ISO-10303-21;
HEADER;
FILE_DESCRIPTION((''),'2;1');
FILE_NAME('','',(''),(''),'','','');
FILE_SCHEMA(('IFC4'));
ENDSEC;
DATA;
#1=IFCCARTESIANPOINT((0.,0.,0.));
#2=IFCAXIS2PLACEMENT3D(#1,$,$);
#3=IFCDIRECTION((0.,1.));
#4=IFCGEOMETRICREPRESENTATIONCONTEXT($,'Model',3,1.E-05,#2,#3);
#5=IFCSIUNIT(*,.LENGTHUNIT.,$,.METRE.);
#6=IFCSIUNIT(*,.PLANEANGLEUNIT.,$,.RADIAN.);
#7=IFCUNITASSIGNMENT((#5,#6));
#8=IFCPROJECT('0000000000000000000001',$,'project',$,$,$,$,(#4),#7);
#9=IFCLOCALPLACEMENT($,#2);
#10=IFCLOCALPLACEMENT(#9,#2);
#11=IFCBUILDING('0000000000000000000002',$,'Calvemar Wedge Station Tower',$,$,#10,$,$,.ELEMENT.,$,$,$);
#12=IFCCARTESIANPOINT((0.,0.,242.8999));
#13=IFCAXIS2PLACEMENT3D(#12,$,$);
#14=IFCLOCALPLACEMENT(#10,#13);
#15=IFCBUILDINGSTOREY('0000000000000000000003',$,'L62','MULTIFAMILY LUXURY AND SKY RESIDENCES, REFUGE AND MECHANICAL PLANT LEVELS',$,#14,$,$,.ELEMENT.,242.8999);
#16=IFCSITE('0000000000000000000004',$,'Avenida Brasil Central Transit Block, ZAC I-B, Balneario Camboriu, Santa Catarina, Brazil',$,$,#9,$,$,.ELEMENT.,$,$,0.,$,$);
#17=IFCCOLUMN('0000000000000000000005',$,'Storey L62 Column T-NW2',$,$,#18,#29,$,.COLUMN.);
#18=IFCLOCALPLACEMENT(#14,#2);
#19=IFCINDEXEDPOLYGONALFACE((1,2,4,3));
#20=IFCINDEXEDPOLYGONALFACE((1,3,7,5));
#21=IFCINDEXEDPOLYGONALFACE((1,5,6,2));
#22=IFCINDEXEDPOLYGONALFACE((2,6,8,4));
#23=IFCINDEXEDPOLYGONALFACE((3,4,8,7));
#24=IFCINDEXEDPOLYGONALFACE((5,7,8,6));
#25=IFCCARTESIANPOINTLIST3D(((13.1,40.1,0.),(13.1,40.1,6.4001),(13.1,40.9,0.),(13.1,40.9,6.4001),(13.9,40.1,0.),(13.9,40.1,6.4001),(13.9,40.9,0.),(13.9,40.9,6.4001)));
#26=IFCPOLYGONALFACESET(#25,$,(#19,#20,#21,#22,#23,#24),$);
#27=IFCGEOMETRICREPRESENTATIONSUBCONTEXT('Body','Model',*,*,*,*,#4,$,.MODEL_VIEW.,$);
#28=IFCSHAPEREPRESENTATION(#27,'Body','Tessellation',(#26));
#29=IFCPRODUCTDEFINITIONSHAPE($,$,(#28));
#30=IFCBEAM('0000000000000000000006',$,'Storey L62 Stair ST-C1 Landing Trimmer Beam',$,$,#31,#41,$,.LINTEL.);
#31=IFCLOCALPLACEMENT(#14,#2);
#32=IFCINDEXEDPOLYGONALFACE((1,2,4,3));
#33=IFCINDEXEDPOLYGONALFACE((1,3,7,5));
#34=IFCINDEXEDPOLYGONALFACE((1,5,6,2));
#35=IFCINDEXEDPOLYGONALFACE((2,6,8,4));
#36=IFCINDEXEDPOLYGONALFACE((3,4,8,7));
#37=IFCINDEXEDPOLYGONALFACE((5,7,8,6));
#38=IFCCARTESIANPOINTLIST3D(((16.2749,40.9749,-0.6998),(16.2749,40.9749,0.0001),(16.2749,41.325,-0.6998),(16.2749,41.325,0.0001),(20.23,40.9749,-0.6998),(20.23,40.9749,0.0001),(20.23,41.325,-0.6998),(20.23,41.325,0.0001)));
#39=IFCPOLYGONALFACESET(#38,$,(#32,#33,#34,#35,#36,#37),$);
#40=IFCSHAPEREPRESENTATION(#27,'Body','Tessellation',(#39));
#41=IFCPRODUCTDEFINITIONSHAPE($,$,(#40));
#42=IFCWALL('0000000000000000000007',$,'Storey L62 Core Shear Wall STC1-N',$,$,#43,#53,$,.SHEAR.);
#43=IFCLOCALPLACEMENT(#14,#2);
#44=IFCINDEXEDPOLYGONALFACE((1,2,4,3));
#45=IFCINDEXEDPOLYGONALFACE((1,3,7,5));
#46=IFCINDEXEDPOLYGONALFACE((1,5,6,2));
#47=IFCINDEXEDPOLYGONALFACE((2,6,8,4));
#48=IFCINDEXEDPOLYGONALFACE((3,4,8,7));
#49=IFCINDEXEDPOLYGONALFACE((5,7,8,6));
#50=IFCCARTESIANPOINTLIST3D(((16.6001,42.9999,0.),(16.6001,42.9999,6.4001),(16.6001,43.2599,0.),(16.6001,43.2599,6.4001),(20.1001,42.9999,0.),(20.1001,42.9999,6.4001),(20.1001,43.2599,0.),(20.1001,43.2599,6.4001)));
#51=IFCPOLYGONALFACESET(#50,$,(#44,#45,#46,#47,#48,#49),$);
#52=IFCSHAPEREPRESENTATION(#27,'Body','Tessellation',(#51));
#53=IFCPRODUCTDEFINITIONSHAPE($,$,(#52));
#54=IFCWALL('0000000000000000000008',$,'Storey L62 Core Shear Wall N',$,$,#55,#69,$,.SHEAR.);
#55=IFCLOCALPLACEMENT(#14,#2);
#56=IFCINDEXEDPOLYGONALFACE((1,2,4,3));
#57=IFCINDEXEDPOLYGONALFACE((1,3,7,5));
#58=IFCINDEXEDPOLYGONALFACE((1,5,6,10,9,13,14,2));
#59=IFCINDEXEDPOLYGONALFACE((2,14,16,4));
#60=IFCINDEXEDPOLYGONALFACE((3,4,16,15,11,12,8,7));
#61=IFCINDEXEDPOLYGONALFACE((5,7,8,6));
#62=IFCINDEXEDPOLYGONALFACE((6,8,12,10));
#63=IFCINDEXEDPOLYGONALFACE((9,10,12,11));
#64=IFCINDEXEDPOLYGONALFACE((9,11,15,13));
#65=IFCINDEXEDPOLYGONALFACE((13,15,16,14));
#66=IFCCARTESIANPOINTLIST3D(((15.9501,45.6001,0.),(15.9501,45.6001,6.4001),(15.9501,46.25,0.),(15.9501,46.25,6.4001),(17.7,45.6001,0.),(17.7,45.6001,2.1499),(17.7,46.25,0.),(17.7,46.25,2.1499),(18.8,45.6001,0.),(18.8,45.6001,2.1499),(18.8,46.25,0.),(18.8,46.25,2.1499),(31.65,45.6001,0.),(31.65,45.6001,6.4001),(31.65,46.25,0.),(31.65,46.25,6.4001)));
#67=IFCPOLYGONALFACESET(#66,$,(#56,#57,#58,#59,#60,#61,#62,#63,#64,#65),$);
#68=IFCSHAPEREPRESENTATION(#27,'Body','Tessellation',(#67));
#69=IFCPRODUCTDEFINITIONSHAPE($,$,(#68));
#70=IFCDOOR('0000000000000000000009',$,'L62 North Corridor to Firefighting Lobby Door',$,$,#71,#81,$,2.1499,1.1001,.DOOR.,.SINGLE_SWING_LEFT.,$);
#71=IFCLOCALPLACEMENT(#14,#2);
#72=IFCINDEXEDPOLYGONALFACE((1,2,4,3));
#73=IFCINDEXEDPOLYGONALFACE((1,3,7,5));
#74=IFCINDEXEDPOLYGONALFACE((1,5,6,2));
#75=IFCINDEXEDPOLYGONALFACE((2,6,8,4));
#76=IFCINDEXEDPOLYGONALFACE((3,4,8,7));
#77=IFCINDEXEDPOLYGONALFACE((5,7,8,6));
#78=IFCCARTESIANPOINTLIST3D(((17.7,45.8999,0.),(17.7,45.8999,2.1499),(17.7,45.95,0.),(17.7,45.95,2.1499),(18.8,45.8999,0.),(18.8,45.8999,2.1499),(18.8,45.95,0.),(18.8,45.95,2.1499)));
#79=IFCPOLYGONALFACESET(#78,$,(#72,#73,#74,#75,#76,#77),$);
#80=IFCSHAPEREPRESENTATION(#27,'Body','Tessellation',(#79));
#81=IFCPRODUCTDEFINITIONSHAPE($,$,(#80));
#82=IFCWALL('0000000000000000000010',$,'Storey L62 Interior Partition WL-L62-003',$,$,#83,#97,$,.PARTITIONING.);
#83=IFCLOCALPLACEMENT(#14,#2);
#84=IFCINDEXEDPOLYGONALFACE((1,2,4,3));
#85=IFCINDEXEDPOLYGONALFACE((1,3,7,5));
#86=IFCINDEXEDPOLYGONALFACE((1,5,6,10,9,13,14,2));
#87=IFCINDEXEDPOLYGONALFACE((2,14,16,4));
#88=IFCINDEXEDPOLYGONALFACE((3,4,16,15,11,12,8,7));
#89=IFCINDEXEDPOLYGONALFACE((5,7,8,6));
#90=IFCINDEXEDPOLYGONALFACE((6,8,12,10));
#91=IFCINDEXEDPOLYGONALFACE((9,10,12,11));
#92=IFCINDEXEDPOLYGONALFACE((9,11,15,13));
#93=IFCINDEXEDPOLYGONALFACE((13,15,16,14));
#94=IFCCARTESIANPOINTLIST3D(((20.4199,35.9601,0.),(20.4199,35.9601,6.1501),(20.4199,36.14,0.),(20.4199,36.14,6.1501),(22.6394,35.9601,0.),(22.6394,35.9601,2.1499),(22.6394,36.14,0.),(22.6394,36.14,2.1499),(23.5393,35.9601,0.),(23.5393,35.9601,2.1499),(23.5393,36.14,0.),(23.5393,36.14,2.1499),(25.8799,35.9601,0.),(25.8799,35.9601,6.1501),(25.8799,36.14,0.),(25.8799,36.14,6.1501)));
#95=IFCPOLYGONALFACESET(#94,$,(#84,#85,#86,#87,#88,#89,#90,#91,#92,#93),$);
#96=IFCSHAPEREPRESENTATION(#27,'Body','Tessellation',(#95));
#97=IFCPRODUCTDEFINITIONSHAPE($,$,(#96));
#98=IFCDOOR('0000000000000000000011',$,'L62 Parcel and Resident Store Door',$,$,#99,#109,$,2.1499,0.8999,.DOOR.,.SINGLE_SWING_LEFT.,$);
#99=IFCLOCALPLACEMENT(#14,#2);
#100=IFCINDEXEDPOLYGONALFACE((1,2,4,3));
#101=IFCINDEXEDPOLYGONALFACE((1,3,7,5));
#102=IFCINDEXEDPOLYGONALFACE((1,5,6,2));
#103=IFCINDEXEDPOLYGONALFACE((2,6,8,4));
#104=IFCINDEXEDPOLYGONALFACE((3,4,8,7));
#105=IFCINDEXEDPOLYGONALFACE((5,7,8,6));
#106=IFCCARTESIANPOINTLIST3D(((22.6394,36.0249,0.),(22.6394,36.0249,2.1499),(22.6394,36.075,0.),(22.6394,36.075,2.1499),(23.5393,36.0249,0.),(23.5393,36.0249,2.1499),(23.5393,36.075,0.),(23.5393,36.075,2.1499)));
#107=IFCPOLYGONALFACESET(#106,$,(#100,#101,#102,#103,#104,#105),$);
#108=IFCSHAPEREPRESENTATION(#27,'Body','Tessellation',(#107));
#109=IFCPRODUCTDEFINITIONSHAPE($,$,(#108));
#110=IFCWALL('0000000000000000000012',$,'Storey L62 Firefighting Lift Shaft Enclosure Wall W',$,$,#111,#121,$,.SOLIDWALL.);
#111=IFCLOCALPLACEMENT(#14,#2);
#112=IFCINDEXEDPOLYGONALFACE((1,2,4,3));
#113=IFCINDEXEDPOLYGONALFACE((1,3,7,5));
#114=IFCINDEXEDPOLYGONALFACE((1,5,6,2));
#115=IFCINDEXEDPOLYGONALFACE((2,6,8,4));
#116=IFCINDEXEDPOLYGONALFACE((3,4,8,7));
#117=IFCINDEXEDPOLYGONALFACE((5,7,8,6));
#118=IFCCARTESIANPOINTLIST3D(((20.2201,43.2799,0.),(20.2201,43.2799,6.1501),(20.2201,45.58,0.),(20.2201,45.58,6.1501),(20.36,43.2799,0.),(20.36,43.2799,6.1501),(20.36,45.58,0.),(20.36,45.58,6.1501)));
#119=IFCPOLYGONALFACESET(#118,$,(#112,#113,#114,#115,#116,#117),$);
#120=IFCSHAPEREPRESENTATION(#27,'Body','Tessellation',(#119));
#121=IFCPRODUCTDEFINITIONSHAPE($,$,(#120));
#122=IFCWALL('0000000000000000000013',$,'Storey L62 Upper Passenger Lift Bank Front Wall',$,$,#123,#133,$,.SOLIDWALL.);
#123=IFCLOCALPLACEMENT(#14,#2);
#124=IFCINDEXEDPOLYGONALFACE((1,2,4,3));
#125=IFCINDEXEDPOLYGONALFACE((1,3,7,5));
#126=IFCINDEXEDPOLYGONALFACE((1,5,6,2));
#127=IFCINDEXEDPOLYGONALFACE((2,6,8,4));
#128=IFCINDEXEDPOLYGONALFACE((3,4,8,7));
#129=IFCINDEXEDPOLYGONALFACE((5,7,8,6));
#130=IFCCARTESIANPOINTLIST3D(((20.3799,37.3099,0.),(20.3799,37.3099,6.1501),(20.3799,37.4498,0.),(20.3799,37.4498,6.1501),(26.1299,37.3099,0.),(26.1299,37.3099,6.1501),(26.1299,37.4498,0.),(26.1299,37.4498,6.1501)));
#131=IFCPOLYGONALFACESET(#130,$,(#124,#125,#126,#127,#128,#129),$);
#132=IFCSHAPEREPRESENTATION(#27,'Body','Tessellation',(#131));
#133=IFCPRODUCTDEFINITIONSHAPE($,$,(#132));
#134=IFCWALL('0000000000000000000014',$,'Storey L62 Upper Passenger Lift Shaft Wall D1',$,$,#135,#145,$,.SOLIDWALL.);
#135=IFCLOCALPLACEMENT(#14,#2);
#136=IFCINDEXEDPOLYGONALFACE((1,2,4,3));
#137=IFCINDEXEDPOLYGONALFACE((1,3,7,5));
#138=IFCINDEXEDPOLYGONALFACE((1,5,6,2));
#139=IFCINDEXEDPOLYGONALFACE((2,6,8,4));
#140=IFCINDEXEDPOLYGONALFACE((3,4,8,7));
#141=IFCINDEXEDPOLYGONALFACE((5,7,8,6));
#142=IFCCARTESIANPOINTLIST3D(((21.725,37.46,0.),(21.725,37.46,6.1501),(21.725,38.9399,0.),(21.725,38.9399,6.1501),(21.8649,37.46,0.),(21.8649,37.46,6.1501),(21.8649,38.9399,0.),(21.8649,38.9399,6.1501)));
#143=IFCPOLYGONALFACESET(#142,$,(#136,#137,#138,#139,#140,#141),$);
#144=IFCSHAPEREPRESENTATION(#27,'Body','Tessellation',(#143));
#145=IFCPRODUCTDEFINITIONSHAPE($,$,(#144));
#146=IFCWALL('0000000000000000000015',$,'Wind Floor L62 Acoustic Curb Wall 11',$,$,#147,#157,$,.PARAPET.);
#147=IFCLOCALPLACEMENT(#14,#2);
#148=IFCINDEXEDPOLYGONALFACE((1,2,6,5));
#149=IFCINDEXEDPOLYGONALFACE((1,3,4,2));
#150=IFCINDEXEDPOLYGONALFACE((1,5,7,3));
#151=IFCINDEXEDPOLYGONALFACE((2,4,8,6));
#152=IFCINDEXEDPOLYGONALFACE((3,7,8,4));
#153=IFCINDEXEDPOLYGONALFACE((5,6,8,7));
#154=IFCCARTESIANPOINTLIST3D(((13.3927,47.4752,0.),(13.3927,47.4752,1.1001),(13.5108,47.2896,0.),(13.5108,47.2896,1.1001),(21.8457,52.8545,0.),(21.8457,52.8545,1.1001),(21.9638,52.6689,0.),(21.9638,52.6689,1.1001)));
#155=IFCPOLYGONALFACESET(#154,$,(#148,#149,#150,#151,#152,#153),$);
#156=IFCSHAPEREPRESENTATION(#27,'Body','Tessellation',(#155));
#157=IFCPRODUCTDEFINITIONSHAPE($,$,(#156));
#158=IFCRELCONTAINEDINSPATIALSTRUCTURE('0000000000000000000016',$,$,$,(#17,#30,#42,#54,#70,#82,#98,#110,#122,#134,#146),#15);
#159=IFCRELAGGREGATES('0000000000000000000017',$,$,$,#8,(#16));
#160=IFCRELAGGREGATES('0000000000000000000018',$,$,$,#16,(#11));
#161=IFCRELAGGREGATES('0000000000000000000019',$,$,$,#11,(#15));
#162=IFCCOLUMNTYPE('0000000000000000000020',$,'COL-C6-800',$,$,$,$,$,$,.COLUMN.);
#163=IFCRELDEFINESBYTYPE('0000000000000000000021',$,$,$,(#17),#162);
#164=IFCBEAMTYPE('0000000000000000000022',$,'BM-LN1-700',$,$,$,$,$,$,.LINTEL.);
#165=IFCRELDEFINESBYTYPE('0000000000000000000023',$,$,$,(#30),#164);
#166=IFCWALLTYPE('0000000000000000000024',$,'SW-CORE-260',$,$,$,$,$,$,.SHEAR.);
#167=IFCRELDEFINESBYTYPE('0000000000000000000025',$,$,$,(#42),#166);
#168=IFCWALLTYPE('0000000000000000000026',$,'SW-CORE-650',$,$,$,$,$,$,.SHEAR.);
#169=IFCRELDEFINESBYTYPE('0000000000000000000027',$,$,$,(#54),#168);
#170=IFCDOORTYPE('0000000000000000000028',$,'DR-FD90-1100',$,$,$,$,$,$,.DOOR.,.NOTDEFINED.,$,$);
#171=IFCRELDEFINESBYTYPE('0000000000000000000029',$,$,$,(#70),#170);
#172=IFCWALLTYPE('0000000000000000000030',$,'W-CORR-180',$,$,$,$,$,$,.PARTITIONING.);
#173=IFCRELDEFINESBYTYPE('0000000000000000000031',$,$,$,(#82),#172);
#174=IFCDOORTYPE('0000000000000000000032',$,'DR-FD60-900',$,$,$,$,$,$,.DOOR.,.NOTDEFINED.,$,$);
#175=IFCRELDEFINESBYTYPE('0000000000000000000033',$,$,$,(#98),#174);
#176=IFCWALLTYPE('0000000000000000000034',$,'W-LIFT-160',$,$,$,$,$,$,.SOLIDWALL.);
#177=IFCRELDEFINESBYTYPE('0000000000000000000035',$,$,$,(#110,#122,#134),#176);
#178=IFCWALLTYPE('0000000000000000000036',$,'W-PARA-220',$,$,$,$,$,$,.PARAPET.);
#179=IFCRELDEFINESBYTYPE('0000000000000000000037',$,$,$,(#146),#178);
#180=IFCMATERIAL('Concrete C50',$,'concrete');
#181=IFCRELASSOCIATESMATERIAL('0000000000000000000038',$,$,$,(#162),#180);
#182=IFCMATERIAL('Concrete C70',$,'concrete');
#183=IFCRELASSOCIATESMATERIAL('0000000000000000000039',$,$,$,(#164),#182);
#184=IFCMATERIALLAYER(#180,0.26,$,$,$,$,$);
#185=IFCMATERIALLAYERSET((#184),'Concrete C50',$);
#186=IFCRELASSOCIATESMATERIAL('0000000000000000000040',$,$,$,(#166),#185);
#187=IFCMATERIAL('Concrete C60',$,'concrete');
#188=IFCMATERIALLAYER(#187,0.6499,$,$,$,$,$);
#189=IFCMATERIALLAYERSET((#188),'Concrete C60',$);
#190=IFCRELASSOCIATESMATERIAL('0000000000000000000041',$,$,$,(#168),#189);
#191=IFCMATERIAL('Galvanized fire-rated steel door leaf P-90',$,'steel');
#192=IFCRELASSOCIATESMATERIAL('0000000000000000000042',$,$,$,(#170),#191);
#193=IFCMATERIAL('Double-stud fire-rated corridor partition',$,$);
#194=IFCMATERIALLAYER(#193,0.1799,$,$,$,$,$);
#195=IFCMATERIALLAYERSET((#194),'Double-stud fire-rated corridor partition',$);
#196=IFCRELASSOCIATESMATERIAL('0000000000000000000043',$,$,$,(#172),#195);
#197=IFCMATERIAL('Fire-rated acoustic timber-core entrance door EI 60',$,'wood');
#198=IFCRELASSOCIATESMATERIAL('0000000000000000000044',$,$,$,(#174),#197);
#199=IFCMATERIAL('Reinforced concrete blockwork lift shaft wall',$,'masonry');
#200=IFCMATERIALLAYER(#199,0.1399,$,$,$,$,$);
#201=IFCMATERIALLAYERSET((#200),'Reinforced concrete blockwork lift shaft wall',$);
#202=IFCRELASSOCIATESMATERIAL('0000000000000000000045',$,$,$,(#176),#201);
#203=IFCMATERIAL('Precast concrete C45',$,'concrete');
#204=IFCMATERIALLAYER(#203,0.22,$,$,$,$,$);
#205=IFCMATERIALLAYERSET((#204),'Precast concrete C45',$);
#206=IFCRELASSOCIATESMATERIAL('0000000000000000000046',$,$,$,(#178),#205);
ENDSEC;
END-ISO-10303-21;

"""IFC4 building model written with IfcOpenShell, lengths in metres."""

from ifc_helpers import new_model, si_unit, direction, frame, frame_2d, origin, origin_2d, place, context, subcontext, project, spatial, rectangle, extrude, source, transform, mapped, material, layer, layer_set, material_profile, profile_set, type_object, element, fill, save


model = new_model("IFC4")

# Units and contexts
model_context = context("Model", 3, precision=1e-05, world=origin(), true_north=direction((0.0, 1.0)))
body_context = subcontext(model_context, "Body", "Model", "MODEL_VIEW")
ifc_project = project(units=[si_unit("LENGTHUNIT", "METRE"), si_unit("PLANEANGLEUNIT", "RADIAN")], contexts=[model_context])

# Site, building, storey
site_placement = place(None, origin())
site = spatial("IfcSite", under=ifc_project, at=site_placement, Name="Avenida Brasil Central Transit Block, ZAC I-B, Balneario Camboriu, Santa Catarina, Brazil", CompositionType="ELEMENT", RefElevation=0.0)
building_placement = place(site_placement, origin())
building = spatial("IfcBuilding", under=site, at=building_placement, Name="Calvemar Wedge Station Tower", CompositionType="ELEMENT")
storey_placement = place(building_placement, frame((0.0, 0.0, 242.8999)))
storey = spatial("IfcBuildingStorey", under=building, at=storey_placement, Name="L62", Description="MULTIFAMILY LUXURY AND SKY RESIDENCES, REFUGE AND MECHANICAL PLANT LEVELS", CompositionType="ELEMENT", Elevation=242.8999)

# Column
ifc_material_1 = material(Name="Concrete C50", Category="concrete")
ifc_material_profile_1 = material_profile(ifc_material_1, rectangle(XDim=0.8, YDim=0.8, at=origin_2d()), Name="RC800x800")
ifc_profile_set_1 = profile_set([ifc_material_profile_1], Name="Concrete C50")
column_type = type_object("IfcColumnType", Name="COL-C6-800", PredefinedType="COLUMN", material=ifc_profile_set_1)
shared_shape_1 = source(origin(), body_context, "Body", "SweptSolid", [
    extrude(rectangle(XDim=0.8, YDim=0.8, at=origin_2d()), origin(), (0.0, 0.0, 1.0), 6.4001),
])
column_placement = place(storey_placement, frame((13.5, 40.5, 0.0), z_axis=(0.0, 0.0, 1.0), x_axis=(1.0, 0.0, 0.0)))
element("IfcColumn", 1, at=column_placement, inside=storey, type_object=column_type, Name="Storey L62 Column T-NW2", PredefinedType="COLUMN", context=body_context, shape_type="MappedRepresentation", body=[
    mapped(shared_shape_1, transform((0.0, 0.0, 0.0), scale=1.0)),
])

# Beam
ifc_material_2 = material(Name="Concrete C70", Category="concrete")
ifc_material_profile_2 = material_profile(ifc_material_2, rectangle(XDim=0.3501, YDim=0.7, at=origin_2d()), Name="RC350x700")
ifc_profile_set_2 = profile_set([ifc_material_profile_2], Name="Concrete C70")
beam_type = type_object("IfcBeamType", Name="BM-LN1-700", PredefinedType="LINTEL", material=ifc_profile_set_2)
shared_shape_2 = source(origin(), body_context, "Body", "SweptSolid", [
    extrude(rectangle(XDim=0.3501, YDim=0.7, at=origin_2d()), origin(), (0.0, 0.0, 1.0), 3.9551),
])
beam_placement = place(storey_placement, frame((16.2749, 41.1499, -0.3499), z_axis=(1.0, 0.0, 0.0), x_axis=(0.0, 1.0, 0.0)))
element("IfcBeam", 2, at=beam_placement, inside=storey, type_object=beam_type, Name="Storey L62 Stair ST-C1 Landing Trimmer Beam", PredefinedType="LINTEL", context=body_context, shape_type="MappedRepresentation", body=[
    mapped(shared_shape_2, transform((0.0, 0.0, 0.0), scale=1.0)),
])

# Wall
ifc_layer_1 = layer(ifc_material_1, 0.26)
ifc_layer_set_1 = layer_set([ifc_layer_1], Name="Concrete C50")
wall_type_1 = type_object("IfcWallType", Name="SW-CORE-260", PredefinedType="SHEAR", material=ifc_layer_set_1)
wall_1_placement = place(storey_placement, frame((16.6001, 43.1299, 0.0), z_axis=(0.0, 0.0, 1.0), x_axis=(1.0, 0.0, 0.0)))
element("IfcWall", 3, at=wall_1_placement, inside=storey, type_object=wall_type_1, Name="Storey L62 Core Shear Wall STC1-N", PredefinedType="SHEAR", context=body_context, shape_type="SweptSolid", body=[
    extrude(rectangle(XDim=3.5, YDim=0.26, at=frame_2d((1.75, 0.0))), origin(), (0.0, 0.0, 1.0), 6.4001),
])

# Walls, openings, doors
ifc_material_3 = material(Name="Concrete C60", Category="concrete")
ifc_layer_2 = layer(ifc_material_3, 0.6499)
ifc_layer_set_2 = layer_set([ifc_layer_2], Name="Concrete C60")
wall_type_2 = type_object("IfcWallType", Name="SW-CORE-650", PredefinedType="SHEAR", material=ifc_layer_set_2)
wall_2_placement = place(storey_placement, frame((15.95, 45.925, 0.0), z_axis=(0.0, 0.0, 1.0), x_axis=(1.0, 0.0, 0.0)))
wall_2 = element("IfcWall", 4, at=wall_2_placement, inside=storey, type_object=wall_type_2, Name="Storey L62 Core Shear Wall N", PredefinedType="SHEAR", context=body_context, shape_type="SweptSolid", body=[
    extrude(rectangle(XDim=15.7, YDim=0.6499, at=frame_2d((7.8501, 0.0))), origin(), (0.0, 0.0, 1.0), 6.4001),
])
shared_shape_3 = source(origin(), body_context, "Body", "SweptSolid", [
    extrude(rectangle(XDim=1.1001, YDim=2.1499, at=frame_2d((0.55, 1.075))), frame((0.0, 0.335, 0.0), z_axis=(0.0, -1.0, 0.0), x_axis=(1.0, 0.0, 0.0)), (0.0, 0.0, 1.0), 0.6699),
])
opening_1_placement = place(wall_2_placement, frame((1.75, 0.0, 0.0)))
opening_1 = element("IfcOpeningElement", 5, at=opening_1_placement, cuts=wall_2, PredefinedType="OPENING", context=body_context, shape_type="MappedRepresentation", body=[
    mapped(shared_shape_3, transform((0.0, 0.0, 0.0), scale=1.0)),
])
ifc_material_4 = material(Name="Galvanized fire-rated steel door leaf P-90", Category="steel")
door_type_1 = type_object("IfcDoorType", Name="DR-FD90-1100", OperationType="NOTDEFINED", PredefinedType="DOOR", material=ifc_material_4)
shared_shape_4 = source(origin(), body_context, "Body", "SweptSolid", [
    extrude(rectangle(XDim=1.1001, YDim=2.1499, at=frame_2d((0.55, 1.075))), frame((0.0, 0.0249, 0.0), z_axis=(0.0, -1.0, 0.0), x_axis=(1.0, 0.0, 0.0)), (0.0, 0.0, 1.0), 0.05),
])
door_1_placement = place(opening_1_placement, origin())
door_1 = element("IfcDoor", 6, at=door_1_placement, inside=storey, type_object=door_type_1, Name="L62 North Corridor to Firefighting Lobby Door", OperationType="SINGLE_SWING_LEFT", OverallHeight=2.1499, OverallWidth=1.1001, PredefinedType="DOOR", context=body_context, shape_type="MappedRepresentation", body=[
    mapped(shared_shape_4, transform((0.0, 0.0, 0.0), scale=1.0)),
])
fill(opening_1, door_1)
ifc_material_5 = material(Name="Double-stud fire-rated corridor partition")
ifc_layer_3 = layer(ifc_material_5, 0.1799)
ifc_layer_set_3 = layer_set([ifc_layer_3], Name="Double-stud fire-rated corridor partition")
wall_type_3 = type_object("IfcWallType", Name="W-CORR-180", PredefinedType="PARTITIONING", material=ifc_layer_set_3)
wall_3_placement = place(storey_placement, frame((20.4199, 36.05, 0.0), z_axis=(0.0, 0.0, 1.0), x_axis=(1.0, 0.0, 0.0)))
wall_3 = element("IfcWall", 7, at=wall_3_placement, inside=storey, type_object=wall_type_3, Name="Storey L62 Interior Partition WL-L62-003", PredefinedType="PARTITIONING", context=body_context, shape_type="SweptSolid", body=[
    extrude(rectangle(XDim=5.46, YDim=0.1799, at=frame_2d((2.73, 0.0))), origin(), (0.0, 0.0, 1.0), 6.1501),
])
shared_shape_5 = source(origin(), body_context, "Body", "SweptSolid", [
    extrude(rectangle(XDim=0.8999, YDim=2.1499, at=frame_2d((0.45, 1.075))), frame((0.0, 0.1001, 0.0), z_axis=(0.0, -1.0, 0.0), x_axis=(1.0, 0.0, 0.0)), (0.0, 0.0, 1.0), 0.2),
])
opening_2_placement = place(wall_3_placement, frame((2.2195, 0.0, 0.0)))
opening_2 = element("IfcOpeningElement", 8, at=opening_2_placement, cuts=wall_3, PredefinedType="OPENING", context=body_context, shape_type="MappedRepresentation", body=[
    mapped(shared_shape_5, transform((0.0, 0.0, 0.0), scale=1.0)),
])
ifc_material_6 = material(Name="Fire-rated acoustic timber-core entrance door EI 60", Category="wood")
door_type_2 = type_object("IfcDoorType", Name="DR-FD60-900", OperationType="NOTDEFINED", PredefinedType="DOOR", material=ifc_material_6)
shared_shape_6 = source(origin(), body_context, "Body", "SweptSolid", [
    extrude(rectangle(XDim=0.8999, YDim=2.1499, at=frame_2d((0.45, 1.075))), frame((0.0, 0.0249, 0.0), z_axis=(0.0, -1.0, 0.0), x_axis=(1.0, 0.0, 0.0)), (0.0, 0.0, 1.0), 0.05),
])
door_2_placement = place(opening_2_placement, origin())
door_2 = element("IfcDoor", 9, at=door_2_placement, inside=storey, type_object=door_type_2, Name="L62 Parcel and Resident Store Door", OperationType="SINGLE_SWING_LEFT", OverallHeight=2.1499, OverallWidth=0.8999, PredefinedType="DOOR", context=body_context, shape_type="MappedRepresentation", body=[
    mapped(shared_shape_6, transform((0.0, 0.0, 0.0), scale=1.0)),
])
fill(opening_2, door_2)

# Shared definitions
ifc_material_7 = material(Name="Reinforced concrete blockwork lift shaft wall", Category="masonry")
ifc_layer_4 = layer(ifc_material_7, 0.1399)
ifc_layer_set_4 = layer_set([ifc_layer_4], Name="Reinforced concrete blockwork lift shaft wall")
wall_type_4 = type_object("IfcWallType", Name="W-LIFT-160", PredefinedType="SOLIDWALL", material=ifc_layer_set_4)

# Walls
wall_4_placement = place(storey_placement, frame((20.29, 43.28, 0.0), z_axis=(0.0, 0.0, 1.0), x_axis=(0.0, 1.0, 0.0)))
element("IfcWall", 10, at=wall_4_placement, inside=storey, type_object=wall_type_4, Name="Storey L62 Firefighting Lift Shaft Enclosure Wall W", PredefinedType="SOLIDWALL", context=body_context, shape_type="SweptSolid", body=[
    extrude(rectangle(XDim=2.3, YDim=0.1399, at=frame_2d((1.1499, 0.0))), origin(), (0.0, 0.0, 1.0), 6.1501),
])
wall_5_placement = place(storey_placement, frame((20.3799, 37.3799, 0.0), z_axis=(0.0, 0.0, 1.0), x_axis=(1.0, 0.0, 0.0)))
element("IfcWall", 11, at=wall_5_placement, inside=storey, type_object=wall_type_4, Name="Storey L62 Upper Passenger Lift Bank Front Wall", PredefinedType="SOLIDWALL", context=body_context, shape_type="SweptSolid", body=[
    extrude(rectangle(XDim=5.75, YDim=0.1399, at=frame_2d((2.875, 0.0))), origin(), (0.0, 0.0, 1.0), 6.1501),
])
wall_6_placement = place(storey_placement, frame((21.7949, 37.46, 0.0), z_axis=(0.0, 0.0, 1.0), x_axis=(0.0, 1.0, 0.0)))
element("IfcWall", 12, at=wall_6_placement, inside=storey, type_object=wall_type_4, Name="Storey L62 Upper Passenger Lift Shaft Wall D1", PredefinedType="SOLIDWALL", context=body_context, shape_type="SweptSolid", body=[
    extrude(rectangle(XDim=1.48, YDim=0.1399, at=frame_2d((0.74, 0.0))), origin(), (0.0, 0.0, 1.0), 6.1501),
])
ifc_material_8 = material(Name="Precast concrete C45", Category="concrete")
ifc_layer_5 = layer(ifc_material_8, 0.22)
ifc_layer_set_5 = layer_set([ifc_layer_5], Name="Precast concrete C45")
wall_type_5 = type_object("IfcWallType", Name="W-PARA-220", PredefinedType="PARAPET", material=ifc_layer_set_5)
wall_7_placement = place(storey_placement, frame((21.9048, 52.7617, 0.0), z_axis=(0.0, 0.0, 1.0), x_axis=(-0.843655, -0.536885, 0.0)))
element("IfcWall", 13, at=wall_7_placement, inside=storey, type_object=wall_type_5, Name="Wind Floor L62 Acoustic Curb Wall 11", PredefinedType="PARAPET", context=body_context, shape_type="SweptSolid", body=[
    extrude(rectangle(XDim=10.0195, YDim=0.22, at=frame_2d((5.0098, 0.0))), origin(), (0.0, 0.0, 1.0), 1.1001),
])

save(model, "model.ifc")
